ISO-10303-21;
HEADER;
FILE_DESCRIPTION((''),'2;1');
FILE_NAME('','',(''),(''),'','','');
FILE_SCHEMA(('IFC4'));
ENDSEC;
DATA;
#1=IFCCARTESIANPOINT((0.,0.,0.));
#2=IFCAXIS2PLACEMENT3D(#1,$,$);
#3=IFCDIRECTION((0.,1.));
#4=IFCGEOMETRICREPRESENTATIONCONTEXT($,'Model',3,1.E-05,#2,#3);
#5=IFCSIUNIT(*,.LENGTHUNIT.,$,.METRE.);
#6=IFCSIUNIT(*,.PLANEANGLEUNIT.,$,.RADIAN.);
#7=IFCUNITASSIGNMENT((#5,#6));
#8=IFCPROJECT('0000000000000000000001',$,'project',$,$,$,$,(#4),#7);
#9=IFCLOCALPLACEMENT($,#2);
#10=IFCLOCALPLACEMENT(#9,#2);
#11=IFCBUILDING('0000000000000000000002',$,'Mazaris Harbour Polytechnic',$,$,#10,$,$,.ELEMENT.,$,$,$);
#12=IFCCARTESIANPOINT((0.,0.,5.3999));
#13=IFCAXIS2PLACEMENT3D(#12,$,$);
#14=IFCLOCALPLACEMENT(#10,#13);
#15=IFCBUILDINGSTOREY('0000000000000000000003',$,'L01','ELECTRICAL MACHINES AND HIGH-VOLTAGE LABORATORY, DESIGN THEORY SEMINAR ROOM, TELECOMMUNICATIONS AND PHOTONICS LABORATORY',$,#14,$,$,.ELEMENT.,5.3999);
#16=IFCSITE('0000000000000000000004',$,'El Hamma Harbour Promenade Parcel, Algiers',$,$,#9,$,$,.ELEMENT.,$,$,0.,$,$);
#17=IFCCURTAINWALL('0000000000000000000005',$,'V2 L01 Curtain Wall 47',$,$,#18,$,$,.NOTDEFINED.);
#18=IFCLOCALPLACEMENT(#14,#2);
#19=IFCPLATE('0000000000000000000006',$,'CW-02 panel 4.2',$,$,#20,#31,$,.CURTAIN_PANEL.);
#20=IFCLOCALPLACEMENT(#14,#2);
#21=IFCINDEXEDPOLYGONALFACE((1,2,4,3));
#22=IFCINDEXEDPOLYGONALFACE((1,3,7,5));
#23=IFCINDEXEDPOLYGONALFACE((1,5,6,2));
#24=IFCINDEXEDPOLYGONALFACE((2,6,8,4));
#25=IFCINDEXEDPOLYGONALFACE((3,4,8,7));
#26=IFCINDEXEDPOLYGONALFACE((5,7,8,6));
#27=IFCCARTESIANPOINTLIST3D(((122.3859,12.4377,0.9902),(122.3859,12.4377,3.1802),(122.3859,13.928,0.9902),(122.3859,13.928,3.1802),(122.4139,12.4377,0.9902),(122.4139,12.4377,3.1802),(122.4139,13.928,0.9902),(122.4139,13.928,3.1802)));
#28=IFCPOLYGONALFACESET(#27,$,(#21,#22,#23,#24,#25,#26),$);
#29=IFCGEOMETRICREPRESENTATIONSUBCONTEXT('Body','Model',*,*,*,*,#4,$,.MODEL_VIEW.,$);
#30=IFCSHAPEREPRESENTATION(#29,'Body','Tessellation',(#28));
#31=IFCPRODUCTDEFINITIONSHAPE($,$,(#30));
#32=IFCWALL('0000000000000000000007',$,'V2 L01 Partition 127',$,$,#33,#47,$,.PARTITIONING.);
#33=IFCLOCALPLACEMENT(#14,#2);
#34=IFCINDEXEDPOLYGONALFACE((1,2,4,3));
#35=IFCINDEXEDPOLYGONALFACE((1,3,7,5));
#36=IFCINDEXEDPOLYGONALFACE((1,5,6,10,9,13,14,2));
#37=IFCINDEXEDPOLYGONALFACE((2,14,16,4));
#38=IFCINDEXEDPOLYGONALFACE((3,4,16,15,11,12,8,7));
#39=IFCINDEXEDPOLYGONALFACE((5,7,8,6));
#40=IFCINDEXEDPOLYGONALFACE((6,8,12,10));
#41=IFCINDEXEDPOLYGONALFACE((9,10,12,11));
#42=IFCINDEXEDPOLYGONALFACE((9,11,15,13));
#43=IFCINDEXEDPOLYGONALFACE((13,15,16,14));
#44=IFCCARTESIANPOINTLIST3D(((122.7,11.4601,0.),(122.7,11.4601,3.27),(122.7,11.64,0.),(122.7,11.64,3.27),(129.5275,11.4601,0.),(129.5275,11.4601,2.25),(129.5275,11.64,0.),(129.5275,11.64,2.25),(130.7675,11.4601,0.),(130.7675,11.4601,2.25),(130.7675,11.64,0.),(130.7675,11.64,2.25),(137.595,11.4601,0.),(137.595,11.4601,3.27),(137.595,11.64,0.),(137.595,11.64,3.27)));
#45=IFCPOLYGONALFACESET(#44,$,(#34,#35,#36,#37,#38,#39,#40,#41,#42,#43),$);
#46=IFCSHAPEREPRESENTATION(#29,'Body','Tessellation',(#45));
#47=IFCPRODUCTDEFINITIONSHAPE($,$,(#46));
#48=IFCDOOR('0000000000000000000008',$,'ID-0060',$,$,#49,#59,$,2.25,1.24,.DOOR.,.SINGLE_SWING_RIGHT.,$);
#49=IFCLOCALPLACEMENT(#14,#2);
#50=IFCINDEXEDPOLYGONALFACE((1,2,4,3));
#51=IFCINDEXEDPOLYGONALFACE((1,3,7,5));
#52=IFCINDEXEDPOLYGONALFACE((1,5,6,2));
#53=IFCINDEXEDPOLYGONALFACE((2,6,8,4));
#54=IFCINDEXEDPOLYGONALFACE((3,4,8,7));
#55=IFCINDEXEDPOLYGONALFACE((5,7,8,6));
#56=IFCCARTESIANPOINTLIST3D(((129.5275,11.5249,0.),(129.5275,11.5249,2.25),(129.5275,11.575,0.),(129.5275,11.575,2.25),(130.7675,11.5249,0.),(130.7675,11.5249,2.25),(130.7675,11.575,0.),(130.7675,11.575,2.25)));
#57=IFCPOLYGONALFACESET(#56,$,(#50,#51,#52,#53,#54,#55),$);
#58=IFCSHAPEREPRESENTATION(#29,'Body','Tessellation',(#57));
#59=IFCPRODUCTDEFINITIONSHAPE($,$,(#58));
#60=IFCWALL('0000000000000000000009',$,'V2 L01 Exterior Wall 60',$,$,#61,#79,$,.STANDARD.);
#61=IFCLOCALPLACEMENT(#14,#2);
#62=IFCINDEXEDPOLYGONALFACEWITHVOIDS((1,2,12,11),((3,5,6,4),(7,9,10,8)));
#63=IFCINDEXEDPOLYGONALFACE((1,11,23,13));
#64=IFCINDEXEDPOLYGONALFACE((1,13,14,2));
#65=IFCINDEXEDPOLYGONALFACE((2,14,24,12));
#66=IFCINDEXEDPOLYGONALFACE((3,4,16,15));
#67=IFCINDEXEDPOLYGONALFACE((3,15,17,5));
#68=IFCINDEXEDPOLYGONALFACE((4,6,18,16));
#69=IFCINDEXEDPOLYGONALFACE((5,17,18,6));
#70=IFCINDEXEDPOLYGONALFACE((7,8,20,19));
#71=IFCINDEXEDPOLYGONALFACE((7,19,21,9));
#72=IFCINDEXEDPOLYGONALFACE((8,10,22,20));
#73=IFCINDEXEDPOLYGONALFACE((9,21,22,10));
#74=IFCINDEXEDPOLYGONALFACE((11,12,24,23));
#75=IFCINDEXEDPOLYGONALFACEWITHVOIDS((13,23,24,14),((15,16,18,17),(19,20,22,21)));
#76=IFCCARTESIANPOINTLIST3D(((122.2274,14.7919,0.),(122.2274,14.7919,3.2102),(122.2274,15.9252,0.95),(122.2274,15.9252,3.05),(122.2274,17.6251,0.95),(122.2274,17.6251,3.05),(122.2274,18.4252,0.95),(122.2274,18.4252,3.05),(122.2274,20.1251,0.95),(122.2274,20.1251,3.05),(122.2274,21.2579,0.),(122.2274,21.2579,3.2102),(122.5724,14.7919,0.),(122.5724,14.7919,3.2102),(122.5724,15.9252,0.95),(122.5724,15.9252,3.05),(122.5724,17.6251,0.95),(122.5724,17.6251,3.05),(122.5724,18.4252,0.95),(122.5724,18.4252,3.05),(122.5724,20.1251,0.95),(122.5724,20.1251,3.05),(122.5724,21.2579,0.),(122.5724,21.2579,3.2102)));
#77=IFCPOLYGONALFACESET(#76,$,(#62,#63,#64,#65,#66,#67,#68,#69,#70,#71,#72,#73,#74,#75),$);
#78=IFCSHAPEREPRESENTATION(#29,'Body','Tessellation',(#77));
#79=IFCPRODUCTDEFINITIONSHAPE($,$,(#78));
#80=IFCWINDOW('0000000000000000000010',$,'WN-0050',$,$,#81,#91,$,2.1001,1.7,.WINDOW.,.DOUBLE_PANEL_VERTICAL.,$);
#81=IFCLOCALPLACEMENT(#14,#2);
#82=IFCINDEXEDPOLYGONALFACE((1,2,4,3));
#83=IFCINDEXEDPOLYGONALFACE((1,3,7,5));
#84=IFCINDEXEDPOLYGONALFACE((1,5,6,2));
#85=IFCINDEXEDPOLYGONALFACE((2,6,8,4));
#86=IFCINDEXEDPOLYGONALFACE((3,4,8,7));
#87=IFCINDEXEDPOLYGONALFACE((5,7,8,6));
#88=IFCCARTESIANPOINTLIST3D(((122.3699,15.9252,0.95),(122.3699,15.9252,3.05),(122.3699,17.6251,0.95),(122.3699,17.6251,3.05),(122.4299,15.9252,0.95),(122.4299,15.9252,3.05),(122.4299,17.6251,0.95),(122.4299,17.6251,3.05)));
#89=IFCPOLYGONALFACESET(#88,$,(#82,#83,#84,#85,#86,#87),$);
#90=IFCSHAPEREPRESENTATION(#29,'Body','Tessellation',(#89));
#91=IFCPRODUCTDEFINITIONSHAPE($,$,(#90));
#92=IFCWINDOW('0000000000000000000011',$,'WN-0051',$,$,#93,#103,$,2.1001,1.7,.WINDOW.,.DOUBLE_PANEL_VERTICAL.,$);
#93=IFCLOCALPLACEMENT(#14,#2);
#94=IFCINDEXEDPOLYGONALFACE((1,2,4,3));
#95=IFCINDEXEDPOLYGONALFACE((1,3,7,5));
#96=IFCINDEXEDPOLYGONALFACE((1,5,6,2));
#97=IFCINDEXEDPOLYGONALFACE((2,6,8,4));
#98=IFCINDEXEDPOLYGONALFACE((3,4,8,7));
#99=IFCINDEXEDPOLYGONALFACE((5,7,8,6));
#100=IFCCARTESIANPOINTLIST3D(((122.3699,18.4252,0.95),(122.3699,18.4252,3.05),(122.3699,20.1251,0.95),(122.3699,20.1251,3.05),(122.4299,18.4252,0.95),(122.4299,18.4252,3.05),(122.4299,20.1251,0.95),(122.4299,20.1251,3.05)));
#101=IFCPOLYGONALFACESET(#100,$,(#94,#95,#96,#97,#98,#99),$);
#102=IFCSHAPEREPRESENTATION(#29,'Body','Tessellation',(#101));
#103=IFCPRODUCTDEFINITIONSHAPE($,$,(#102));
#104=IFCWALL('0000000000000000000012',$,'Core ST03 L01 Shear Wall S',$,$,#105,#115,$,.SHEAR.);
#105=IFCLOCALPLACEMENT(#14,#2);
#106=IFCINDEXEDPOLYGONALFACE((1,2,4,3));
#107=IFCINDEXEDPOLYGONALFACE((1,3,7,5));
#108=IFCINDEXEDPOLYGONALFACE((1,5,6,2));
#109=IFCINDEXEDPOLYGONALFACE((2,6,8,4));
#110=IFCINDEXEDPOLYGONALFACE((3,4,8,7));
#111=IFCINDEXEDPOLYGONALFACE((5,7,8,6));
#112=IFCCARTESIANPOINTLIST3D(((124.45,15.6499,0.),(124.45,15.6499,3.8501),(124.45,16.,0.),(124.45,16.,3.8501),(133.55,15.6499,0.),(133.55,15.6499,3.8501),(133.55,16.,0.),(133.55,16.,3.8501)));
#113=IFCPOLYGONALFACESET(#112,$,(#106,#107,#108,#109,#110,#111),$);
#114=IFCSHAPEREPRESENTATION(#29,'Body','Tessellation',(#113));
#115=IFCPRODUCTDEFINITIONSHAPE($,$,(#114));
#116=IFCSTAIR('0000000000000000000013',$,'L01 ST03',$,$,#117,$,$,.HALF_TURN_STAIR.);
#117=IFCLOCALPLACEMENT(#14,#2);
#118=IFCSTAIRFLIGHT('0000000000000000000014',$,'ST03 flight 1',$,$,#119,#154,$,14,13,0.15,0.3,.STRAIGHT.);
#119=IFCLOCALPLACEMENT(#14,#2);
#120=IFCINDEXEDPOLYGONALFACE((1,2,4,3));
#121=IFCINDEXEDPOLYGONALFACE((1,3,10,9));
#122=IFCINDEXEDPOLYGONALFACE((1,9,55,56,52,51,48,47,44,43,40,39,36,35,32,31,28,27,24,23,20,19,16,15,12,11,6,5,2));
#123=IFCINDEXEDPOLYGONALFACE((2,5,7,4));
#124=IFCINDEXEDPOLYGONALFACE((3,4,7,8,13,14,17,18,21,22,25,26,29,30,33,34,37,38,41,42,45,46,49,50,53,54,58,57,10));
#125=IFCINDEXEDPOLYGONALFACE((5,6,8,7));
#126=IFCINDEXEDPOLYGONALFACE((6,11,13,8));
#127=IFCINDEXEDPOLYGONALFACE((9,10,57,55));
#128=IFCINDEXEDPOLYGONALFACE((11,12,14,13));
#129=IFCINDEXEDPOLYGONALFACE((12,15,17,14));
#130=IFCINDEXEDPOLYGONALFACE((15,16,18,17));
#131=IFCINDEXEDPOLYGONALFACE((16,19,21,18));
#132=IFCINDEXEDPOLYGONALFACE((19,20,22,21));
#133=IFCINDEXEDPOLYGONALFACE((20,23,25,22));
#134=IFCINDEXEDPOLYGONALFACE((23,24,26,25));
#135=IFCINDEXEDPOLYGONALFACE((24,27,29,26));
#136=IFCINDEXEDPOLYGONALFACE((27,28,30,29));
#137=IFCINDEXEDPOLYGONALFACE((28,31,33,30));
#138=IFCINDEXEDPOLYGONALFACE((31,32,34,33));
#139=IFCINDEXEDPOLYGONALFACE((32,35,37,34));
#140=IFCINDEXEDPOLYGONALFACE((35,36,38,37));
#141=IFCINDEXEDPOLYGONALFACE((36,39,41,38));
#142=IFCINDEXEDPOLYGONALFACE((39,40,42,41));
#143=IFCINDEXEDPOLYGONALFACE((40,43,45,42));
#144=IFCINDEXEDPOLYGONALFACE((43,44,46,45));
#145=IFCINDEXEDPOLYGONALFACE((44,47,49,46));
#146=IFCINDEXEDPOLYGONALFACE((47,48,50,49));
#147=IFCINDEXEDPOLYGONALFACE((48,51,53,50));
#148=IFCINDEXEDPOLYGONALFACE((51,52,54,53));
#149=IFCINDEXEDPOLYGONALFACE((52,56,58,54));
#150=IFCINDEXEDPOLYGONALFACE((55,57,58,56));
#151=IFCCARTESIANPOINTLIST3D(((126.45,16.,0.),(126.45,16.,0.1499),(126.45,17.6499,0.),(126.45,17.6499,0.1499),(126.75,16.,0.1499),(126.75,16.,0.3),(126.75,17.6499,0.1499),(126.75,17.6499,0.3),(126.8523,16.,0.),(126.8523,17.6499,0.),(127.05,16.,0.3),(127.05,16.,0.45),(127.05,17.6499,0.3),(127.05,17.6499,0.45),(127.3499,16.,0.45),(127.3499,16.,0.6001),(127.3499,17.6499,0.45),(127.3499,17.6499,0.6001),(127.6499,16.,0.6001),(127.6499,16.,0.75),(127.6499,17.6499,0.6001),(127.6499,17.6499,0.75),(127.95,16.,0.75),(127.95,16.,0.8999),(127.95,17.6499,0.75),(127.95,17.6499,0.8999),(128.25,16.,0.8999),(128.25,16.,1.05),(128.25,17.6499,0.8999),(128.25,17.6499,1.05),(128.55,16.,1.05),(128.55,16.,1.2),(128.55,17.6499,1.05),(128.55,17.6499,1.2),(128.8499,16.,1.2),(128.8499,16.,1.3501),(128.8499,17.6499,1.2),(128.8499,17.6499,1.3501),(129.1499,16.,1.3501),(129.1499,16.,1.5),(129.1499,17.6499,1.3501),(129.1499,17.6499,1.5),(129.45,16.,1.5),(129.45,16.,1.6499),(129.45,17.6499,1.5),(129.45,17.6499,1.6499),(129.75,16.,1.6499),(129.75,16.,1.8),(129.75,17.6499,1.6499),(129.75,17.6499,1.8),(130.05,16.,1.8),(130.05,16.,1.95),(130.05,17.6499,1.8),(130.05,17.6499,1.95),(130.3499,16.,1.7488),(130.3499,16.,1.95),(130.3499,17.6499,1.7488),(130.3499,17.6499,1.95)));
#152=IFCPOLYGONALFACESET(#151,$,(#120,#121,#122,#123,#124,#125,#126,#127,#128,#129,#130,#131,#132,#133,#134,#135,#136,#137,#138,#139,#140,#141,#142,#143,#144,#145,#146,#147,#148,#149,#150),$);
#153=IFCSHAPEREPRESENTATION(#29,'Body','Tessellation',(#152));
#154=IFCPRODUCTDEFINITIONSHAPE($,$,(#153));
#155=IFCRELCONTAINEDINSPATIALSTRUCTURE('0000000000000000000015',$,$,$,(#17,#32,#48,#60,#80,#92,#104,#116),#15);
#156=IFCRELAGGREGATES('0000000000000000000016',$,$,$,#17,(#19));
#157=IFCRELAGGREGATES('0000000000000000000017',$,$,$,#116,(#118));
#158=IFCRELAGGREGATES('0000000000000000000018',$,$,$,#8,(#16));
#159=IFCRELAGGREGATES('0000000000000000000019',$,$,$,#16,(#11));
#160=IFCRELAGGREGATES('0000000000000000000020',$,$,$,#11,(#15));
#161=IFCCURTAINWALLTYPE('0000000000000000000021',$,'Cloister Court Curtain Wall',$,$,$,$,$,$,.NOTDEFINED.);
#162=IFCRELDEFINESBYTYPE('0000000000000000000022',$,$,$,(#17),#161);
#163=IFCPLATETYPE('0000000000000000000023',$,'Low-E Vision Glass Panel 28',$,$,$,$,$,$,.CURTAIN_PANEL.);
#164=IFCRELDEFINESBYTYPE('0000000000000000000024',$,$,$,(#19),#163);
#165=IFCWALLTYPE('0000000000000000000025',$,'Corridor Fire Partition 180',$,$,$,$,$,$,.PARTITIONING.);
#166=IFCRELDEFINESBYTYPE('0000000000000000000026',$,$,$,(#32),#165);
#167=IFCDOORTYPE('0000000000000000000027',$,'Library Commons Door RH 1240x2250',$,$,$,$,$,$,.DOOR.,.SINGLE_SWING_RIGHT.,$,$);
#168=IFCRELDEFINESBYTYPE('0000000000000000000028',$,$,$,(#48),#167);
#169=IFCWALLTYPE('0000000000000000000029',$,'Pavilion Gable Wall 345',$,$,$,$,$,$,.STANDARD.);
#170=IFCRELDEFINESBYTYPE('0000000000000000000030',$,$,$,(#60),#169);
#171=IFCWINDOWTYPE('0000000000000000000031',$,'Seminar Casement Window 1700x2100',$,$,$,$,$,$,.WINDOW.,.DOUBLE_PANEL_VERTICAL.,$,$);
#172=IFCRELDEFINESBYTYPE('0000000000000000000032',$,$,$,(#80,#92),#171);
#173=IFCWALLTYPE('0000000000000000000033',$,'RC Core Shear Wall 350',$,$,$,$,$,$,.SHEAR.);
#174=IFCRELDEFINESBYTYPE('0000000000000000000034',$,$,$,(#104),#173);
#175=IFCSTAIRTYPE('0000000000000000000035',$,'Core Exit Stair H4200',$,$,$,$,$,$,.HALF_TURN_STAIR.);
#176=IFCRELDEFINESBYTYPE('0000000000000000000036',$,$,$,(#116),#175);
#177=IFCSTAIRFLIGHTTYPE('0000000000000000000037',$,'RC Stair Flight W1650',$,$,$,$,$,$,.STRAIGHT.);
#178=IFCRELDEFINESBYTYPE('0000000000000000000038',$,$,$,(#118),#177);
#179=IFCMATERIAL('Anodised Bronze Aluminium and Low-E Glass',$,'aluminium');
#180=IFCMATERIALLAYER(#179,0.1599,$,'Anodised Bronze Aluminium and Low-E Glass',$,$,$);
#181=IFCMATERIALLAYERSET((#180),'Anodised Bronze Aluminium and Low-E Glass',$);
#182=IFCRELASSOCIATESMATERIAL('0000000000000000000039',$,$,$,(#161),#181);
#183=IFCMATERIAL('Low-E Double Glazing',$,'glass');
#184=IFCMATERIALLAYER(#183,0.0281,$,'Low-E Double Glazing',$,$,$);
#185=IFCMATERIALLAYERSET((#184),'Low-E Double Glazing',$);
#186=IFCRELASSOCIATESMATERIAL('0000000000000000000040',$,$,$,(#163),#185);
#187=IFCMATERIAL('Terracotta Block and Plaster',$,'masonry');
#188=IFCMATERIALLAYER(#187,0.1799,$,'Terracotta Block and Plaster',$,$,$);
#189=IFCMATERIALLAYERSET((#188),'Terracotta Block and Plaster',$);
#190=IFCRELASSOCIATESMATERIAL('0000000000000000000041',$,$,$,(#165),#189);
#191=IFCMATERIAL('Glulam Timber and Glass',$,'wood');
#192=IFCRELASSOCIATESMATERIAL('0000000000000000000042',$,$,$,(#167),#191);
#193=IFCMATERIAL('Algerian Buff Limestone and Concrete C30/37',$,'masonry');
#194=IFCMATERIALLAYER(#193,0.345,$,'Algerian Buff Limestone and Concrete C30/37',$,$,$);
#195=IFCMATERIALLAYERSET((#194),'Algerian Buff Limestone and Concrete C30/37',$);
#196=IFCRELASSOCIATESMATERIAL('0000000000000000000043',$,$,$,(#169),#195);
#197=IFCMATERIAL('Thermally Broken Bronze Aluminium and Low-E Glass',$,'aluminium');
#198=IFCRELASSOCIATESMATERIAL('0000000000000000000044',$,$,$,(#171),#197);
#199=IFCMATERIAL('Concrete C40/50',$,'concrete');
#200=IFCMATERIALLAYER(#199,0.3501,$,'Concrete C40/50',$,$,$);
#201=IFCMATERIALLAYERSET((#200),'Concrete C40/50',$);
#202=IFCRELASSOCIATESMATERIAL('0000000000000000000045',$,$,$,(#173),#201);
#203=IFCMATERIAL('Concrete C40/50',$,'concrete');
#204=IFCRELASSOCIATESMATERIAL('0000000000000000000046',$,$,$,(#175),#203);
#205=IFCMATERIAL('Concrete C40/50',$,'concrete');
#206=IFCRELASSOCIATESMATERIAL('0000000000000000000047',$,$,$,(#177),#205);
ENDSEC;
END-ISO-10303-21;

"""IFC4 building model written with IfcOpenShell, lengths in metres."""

from ifc_helpers import new_model, si_unit, direction, frame, frame_2d, origin, origin_2d, place, context, subcontext, project, spatial, polyline, rectangle, outline, extrude, material, layer, layer_set, type_object, element, fill, aggregate, save


model = new_model("IFC4")

# Units and contexts
model_context = context("Model", 3, precision=1e-05, world=origin(), true_north=direction((0.0, 1.0)))
body_context = subcontext(model_context, "Body", "Model", "MODEL_VIEW")
ifc_project = project(units=[si_unit("LENGTHUNIT", "METRE"), si_unit("PLANEANGLEUNIT", "RADIAN")], contexts=[model_context])

# Site, building, storey
site_placement = place(None, origin())
site = spatial("IfcSite", under=ifc_project, at=site_placement, Name="El Hamma Harbour Promenade Parcel, Algiers", CompositionType="ELEMENT", RefElevation=0.0)
building_placement = place(site_placement, origin())
building = spatial("IfcBuilding", under=site, at=building_placement, Name="Mazaris Harbour Polytechnic", CompositionType="ELEMENT")
storey_placement = place(building_placement, frame((0.0, 0.0, 5.3999)))
storey = spatial("IfcBuildingStorey", under=building, at=storey_placement, Name="L01", Description="ELECTRICAL MACHINES AND HIGH-VOLTAGE LABORATORY, DESIGN THEORY SEMINAR ROOM, TELECOMMUNICATIONS AND PHOTONICS LABORATORY", CompositionType="ELEMENT", Elevation=5.3999)

# Curtain wall
ifc_material_1 = material(Name="Anodised Bronze Aluminium and Low-E Glass", Category="aluminium")
ifc_layer_1 = layer(ifc_material_1, 0.1599, Name="Anodised Bronze Aluminium and Low-E Glass")
ifc_layer_set_1 = layer_set([ifc_layer_1], Name="Anodised Bronze Aluminium and Low-E Glass")
curtain_wall_type = type_object("IfcCurtainWallType", Name="Cloister Court Curtain Wall", PredefinedType="NOTDEFINED", material=ifc_layer_set_1)
curtain_wall_placement = place(storey_placement, origin())
curtain_wall = element("IfcCurtainWall", 1, at=curtain_wall_placement, inside=storey, type_object=curtain_wall_type, Name="V2 L01 Curtain Wall 47", PredefinedType="NOTDEFINED")

# Plate
ifc_material_2 = material(Name="Low-E Double Glazing", Category="glass")
ifc_layer_2 = layer(ifc_material_2, 0.0281, Name="Low-E Double Glazing")
ifc_layer_set_2 = layer_set([ifc_layer_2], Name="Low-E Double Glazing")
plate_type = type_object("IfcPlateType", Name="Low-E Vision Glass Panel 28", PredefinedType="CURTAIN_PANEL", material=ifc_layer_set_2)
plate_1_placement = place(storey_placement, frame((122.3999, 13.1829, 0.9902), z_axis=(0.0, 0.0, 1.0), x_axis=(0.0, 1.0, 0.0)))
plate_1 = element("IfcPlate", 2, at=plate_1_placement, type_object=plate_type, Name="CW-02 panel 4.2", PredefinedType="CURTAIN_PANEL", context=body_context, shape_type="SweptSolid", body=[
    extrude(rectangle(XDim=1.4902, YDim=0.0281, at=origin_2d()), origin(), (0.0, 0.0, 1.0), 2.1899),
])
aggregate(curtain_wall, [plate_1])

# Wall, opening, door
ifc_material_3 = material(Name="Terracotta Block and Plaster", Category="masonry")
ifc_layer_3 = layer(ifc_material_3, 0.1799, Name="Terracotta Block and Plaster")
ifc_layer_set_3 = layer_set([ifc_layer_3], Name="Terracotta Block and Plaster")
wall_type_1 = type_object("IfcWallType", Name="Corridor Fire Partition 180", PredefinedType="PARTITIONING", material=ifc_layer_set_3)
wall_1_placement = place(storey_placement, frame((122.7, 11.55, 0.0), z_axis=(0.0, 0.0, 1.0), x_axis=(1.0, 0.0, 0.0)))
wall_1 = element("IfcWall", 3, at=wall_1_placement, inside=storey, type_object=wall_type_1, Name="V2 L01 Partition 127", PredefinedType="PARTITIONING", context=body_context, shape_type="SweptSolid", body=[
    extrude(rectangle(XDim=14.895, YDim=0.1799, at=frame_2d((7.4475, 0.0))), origin(), (0.0, 0.0, 1.0), 3.27),
])
opening_1_placement = place(wall_1_placement, frame((6.8274, 0.0, 0.0)))
opening_1 = element("IfcOpeningElement", 4, at=opening_1_placement, cuts=wall_1, PredefinedType="OPENING", context=body_context, shape_type="SweptSolid", body=[
    extrude(rectangle(XDim=1.24, YDim=2.25, at=frame_2d((0.6201, 1.125))), frame((0.0, 0.0999, 0.0), z_axis=(0.0, -1.0, 0.0), x_axis=(1.0, 0.0, 0.0)), (0.0, 0.0, 1.0), 0.2),
])
ifc_material_4 = material(Name="Glulam Timber and Glass", Category="wood")
door_type = type_object("IfcDoorType", Name="Library Commons Door RH 1240x2250", OperationType="SINGLE_SWING_RIGHT", PredefinedType="DOOR", material=ifc_material_4)
door_placement = place(opening_1_placement, origin())
door = element("IfcDoor", 5, at=door_placement, inside=storey, type_object=door_type, Name="ID-0060", OperationType="SINGLE_SWING_RIGHT", OverallHeight=2.25, OverallWidth=1.24, PredefinedType="DOOR", context=body_context, shape_type="SweptSolid", body=[
    extrude(rectangle(XDim=1.24, YDim=2.25, at=frame_2d((0.6201, 1.125))), frame((0.0, 0.0249, 0.0), z_axis=(0.0, -1.0, 0.0), x_axis=(1.0, 0.0, 0.0)), (0.0, 0.0, 1.0), 0.05),
])
fill(opening_1, door)

# Wall, openings, windows
ifc_material_5 = material(Name="Algerian Buff Limestone and Concrete C30/37", Category="masonry")
ifc_layer_4 = layer(ifc_material_5, 0.345, Name="Algerian Buff Limestone and Concrete C30/37")
ifc_layer_set_4 = layer_set([ifc_layer_4], Name="Algerian Buff Limestone and Concrete C30/37")
wall_type_2 = type_object("IfcWallType", Name="Pavilion Gable Wall 345", PredefinedType="STANDARD", material=ifc_layer_set_4)
wall_2_placement = place(storey_placement, frame((122.3999, 14.792, 0.0), z_axis=(0.0, 0.0, 1.0), x_axis=(0.0, 1.0, 0.0)))
wall_2 = element("IfcWall", 6, at=wall_2_placement, inside=storey, type_object=wall_type_2, Name="V2 L01 Exterior Wall 60", PredefinedType="STANDARD", context=body_context, shape_type="SweptSolid", body=[
    extrude(rectangle(XDim=6.4661, YDim=0.345, at=frame_2d((3.2329, 0.0))), origin(), (0.0, 0.0, 1.0), 3.2102),
])
opening_2_placement = place(wall_2_placement, frame((1.1331, 0.0, 0.95)))
opening_2 = element("IfcOpeningElement", 7, at=opening_2_placement, cuts=wall_2, PredefinedType="OPENING", context=body_context, shape_type="SweptSolid", body=[
    extrude(rectangle(XDim=1.7, YDim=2.1001, at=frame_2d((0.8501, 1.05))), frame((0.0, 0.1824, 0.0), z_axis=(0.0, -1.0, 0.0), x_axis=(1.0, 0.0, 0.0)), (0.0, 0.0, 1.0), 0.365),
])
opening_3_placement = place(wall_2_placement, frame((3.6331, 0.0, 0.95)))
opening_3 = element("IfcOpeningElement", 8, at=opening_3_placement, cuts=wall_2, PredefinedType="OPENING", context=body_context, shape_type="SweptSolid", body=[
    extrude(rectangle(XDim=1.7, YDim=2.1001, at=frame_2d((0.8501, 1.05))), frame((0.0, 0.1824, 0.0), z_axis=(0.0, -1.0, 0.0), x_axis=(1.0, 0.0, 0.0)), (0.0, 0.0, 1.0), 0.365),
])
ifc_material_6 = material(Name="Thermally Broken Bronze Aluminium and Low-E Glass", Category="aluminium")
window_type = type_object("IfcWindowType", Name="Seminar Casement Window 1700x2100", PartitioningType="DOUBLE_PANEL_VERTICAL", PredefinedType="WINDOW", material=ifc_material_6)
window_1_placement = place(opening_2_placement, origin())
window_1 = element("IfcWindow", 9, at=window_1_placement, inside=storey, type_object=window_type, Name="WN-0050", OverallHeight=2.1001, OverallWidth=1.7, PartitioningType="DOUBLE_PANEL_VERTICAL", PredefinedType="WINDOW", context=body_context, shape_type="SweptSolid", body=[
    extrude(rectangle(XDim=1.7, YDim=2.1001, at=frame_2d((0.8501, 1.05))), frame((0.0, 0.03, 0.0), z_axis=(0.0, -1.0, 0.0), x_axis=(1.0, 0.0, 0.0)), (0.0, 0.0, 1.0), 0.0601),
])
fill(opening_2, window_1)
window_2_placement = place(opening_3_placement, origin())
window_2 = element("IfcWindow", 10, at=window_2_placement, inside=storey, type_object=window_type, Name="WN-0051", OverallHeight=2.1001, OverallWidth=1.7, PartitioningType="DOUBLE_PANEL_VERTICAL", PredefinedType="WINDOW", context=body_context, shape_type="SweptSolid", body=[
    extrude(rectangle(XDim=1.7, YDim=2.1001, at=frame_2d((0.8501, 1.05))), frame((0.0, 0.03, 0.0), z_axis=(0.0, -1.0, 0.0), x_axis=(1.0, 0.0, 0.0)), (0.0, 0.0, 1.0), 0.0601),
])
fill(opening_3, window_2)

# Wall
ifc_material_7 = material(Name="Concrete C40/50", Category="concrete")
ifc_layer_5 = layer(ifc_material_7, 0.3501, Name="Concrete C40/50")
ifc_layer_set_5 = layer_set([ifc_layer_5], Name="Concrete C40/50")
wall_type_3 = type_object("IfcWallType", Name="RC Core Shear Wall 350", PredefinedType="SHEAR", material=ifc_layer_set_5)
wall_3_placement = place(storey_placement, frame((124.45, 15.825, 0.0), z_axis=(0.0, 0.0, 1.0), x_axis=(1.0, 0.0, 0.0)))
element("IfcWall", 11, at=wall_3_placement, inside=storey, type_object=wall_type_3, Name="Core ST03 L01 Shear Wall S", PredefinedType="SHEAR", context=body_context, shape_type="SweptSolid", body=[
    extrude(rectangle(XDim=9.1001, YDim=0.3501, at=frame_2d((4.55, 0.0))), origin(), (0.0, 0.0, 1.0), 3.8501),
])

# Stair, stair flight
ifc_material_8 = material(Name="Concrete C40/50", Category="concrete")
stair_type = type_object("IfcStairType", Name="Core Exit Stair H4200", PredefinedType="HALF_TURN_STAIR", material=ifc_material_8)
stair_placement = place(storey_placement, origin())
stair = element("IfcStair", 12, at=stair_placement, inside=storey, type_object=stair_type, Name="L01 ST03", PredefinedType="HALF_TURN_STAIR")
ifc_material_9 = material(Name="Concrete C40/50", Category="concrete")
stair_flight_type = type_object("IfcStairFlightType", Name="RC Stair Flight W1650", PredefinedType="STRAIGHT", material=ifc_material_9)
stair_flight_placement = place(storey_placement, frame((126.45, 16.825, 0.0), z_axis=(0.0, 0.0, 1.0), x_axis=(1.0, 0.0, 0.0)))
stair_flight = element("IfcStairFlight", 13, at=stair_flight_placement, type_object=stair_flight_type, Name="ST03 flight 1", NumberOfRisers=14, NumberOfTreads=13, PredefinedType="STRAIGHT", RiserHeight=0.15, TreadLength=0.3, context=body_context, shape_type="SweptSolid", body=[
    extrude(outline(polyline([(0.0, 0.0), (0.0, 0.1499), (0.3, 0.1499), (0.3, 0.3), (0.6001, 0.3), (0.6001, 0.45), (0.8999, 0.45), (0.8999, 0.6001), (1.2, 0.6001), (1.2, 0.75), (1.5, 0.75), (1.5, 0.8999), (1.8, 0.8999), (1.8, 1.05), (2.1001, 1.05), (2.1001, 1.2), (2.3999, 1.2), (2.3999, 1.3501), (2.7, 1.3501), (2.7, 1.5), (3.0, 1.5), (3.0, 1.6499), (3.3, 1.6499), (3.3, 1.8), (3.6001, 1.8), (3.6001, 1.95), (3.8999, 1.95), (3.8999, 2.1001), (3.8999, 1.7488), (0.4023, 0.0), (0.0, 0.0)])), frame((0.0, 0.825, 0.0), z_axis=(0.0, -1.0, 0.0), x_axis=(1.0, 0.0, 0.0)), (0.0, 0.0, 1.0), 1.6499),
])
aggregate(stair, [stair_flight])

save(model, "model.ifc")
